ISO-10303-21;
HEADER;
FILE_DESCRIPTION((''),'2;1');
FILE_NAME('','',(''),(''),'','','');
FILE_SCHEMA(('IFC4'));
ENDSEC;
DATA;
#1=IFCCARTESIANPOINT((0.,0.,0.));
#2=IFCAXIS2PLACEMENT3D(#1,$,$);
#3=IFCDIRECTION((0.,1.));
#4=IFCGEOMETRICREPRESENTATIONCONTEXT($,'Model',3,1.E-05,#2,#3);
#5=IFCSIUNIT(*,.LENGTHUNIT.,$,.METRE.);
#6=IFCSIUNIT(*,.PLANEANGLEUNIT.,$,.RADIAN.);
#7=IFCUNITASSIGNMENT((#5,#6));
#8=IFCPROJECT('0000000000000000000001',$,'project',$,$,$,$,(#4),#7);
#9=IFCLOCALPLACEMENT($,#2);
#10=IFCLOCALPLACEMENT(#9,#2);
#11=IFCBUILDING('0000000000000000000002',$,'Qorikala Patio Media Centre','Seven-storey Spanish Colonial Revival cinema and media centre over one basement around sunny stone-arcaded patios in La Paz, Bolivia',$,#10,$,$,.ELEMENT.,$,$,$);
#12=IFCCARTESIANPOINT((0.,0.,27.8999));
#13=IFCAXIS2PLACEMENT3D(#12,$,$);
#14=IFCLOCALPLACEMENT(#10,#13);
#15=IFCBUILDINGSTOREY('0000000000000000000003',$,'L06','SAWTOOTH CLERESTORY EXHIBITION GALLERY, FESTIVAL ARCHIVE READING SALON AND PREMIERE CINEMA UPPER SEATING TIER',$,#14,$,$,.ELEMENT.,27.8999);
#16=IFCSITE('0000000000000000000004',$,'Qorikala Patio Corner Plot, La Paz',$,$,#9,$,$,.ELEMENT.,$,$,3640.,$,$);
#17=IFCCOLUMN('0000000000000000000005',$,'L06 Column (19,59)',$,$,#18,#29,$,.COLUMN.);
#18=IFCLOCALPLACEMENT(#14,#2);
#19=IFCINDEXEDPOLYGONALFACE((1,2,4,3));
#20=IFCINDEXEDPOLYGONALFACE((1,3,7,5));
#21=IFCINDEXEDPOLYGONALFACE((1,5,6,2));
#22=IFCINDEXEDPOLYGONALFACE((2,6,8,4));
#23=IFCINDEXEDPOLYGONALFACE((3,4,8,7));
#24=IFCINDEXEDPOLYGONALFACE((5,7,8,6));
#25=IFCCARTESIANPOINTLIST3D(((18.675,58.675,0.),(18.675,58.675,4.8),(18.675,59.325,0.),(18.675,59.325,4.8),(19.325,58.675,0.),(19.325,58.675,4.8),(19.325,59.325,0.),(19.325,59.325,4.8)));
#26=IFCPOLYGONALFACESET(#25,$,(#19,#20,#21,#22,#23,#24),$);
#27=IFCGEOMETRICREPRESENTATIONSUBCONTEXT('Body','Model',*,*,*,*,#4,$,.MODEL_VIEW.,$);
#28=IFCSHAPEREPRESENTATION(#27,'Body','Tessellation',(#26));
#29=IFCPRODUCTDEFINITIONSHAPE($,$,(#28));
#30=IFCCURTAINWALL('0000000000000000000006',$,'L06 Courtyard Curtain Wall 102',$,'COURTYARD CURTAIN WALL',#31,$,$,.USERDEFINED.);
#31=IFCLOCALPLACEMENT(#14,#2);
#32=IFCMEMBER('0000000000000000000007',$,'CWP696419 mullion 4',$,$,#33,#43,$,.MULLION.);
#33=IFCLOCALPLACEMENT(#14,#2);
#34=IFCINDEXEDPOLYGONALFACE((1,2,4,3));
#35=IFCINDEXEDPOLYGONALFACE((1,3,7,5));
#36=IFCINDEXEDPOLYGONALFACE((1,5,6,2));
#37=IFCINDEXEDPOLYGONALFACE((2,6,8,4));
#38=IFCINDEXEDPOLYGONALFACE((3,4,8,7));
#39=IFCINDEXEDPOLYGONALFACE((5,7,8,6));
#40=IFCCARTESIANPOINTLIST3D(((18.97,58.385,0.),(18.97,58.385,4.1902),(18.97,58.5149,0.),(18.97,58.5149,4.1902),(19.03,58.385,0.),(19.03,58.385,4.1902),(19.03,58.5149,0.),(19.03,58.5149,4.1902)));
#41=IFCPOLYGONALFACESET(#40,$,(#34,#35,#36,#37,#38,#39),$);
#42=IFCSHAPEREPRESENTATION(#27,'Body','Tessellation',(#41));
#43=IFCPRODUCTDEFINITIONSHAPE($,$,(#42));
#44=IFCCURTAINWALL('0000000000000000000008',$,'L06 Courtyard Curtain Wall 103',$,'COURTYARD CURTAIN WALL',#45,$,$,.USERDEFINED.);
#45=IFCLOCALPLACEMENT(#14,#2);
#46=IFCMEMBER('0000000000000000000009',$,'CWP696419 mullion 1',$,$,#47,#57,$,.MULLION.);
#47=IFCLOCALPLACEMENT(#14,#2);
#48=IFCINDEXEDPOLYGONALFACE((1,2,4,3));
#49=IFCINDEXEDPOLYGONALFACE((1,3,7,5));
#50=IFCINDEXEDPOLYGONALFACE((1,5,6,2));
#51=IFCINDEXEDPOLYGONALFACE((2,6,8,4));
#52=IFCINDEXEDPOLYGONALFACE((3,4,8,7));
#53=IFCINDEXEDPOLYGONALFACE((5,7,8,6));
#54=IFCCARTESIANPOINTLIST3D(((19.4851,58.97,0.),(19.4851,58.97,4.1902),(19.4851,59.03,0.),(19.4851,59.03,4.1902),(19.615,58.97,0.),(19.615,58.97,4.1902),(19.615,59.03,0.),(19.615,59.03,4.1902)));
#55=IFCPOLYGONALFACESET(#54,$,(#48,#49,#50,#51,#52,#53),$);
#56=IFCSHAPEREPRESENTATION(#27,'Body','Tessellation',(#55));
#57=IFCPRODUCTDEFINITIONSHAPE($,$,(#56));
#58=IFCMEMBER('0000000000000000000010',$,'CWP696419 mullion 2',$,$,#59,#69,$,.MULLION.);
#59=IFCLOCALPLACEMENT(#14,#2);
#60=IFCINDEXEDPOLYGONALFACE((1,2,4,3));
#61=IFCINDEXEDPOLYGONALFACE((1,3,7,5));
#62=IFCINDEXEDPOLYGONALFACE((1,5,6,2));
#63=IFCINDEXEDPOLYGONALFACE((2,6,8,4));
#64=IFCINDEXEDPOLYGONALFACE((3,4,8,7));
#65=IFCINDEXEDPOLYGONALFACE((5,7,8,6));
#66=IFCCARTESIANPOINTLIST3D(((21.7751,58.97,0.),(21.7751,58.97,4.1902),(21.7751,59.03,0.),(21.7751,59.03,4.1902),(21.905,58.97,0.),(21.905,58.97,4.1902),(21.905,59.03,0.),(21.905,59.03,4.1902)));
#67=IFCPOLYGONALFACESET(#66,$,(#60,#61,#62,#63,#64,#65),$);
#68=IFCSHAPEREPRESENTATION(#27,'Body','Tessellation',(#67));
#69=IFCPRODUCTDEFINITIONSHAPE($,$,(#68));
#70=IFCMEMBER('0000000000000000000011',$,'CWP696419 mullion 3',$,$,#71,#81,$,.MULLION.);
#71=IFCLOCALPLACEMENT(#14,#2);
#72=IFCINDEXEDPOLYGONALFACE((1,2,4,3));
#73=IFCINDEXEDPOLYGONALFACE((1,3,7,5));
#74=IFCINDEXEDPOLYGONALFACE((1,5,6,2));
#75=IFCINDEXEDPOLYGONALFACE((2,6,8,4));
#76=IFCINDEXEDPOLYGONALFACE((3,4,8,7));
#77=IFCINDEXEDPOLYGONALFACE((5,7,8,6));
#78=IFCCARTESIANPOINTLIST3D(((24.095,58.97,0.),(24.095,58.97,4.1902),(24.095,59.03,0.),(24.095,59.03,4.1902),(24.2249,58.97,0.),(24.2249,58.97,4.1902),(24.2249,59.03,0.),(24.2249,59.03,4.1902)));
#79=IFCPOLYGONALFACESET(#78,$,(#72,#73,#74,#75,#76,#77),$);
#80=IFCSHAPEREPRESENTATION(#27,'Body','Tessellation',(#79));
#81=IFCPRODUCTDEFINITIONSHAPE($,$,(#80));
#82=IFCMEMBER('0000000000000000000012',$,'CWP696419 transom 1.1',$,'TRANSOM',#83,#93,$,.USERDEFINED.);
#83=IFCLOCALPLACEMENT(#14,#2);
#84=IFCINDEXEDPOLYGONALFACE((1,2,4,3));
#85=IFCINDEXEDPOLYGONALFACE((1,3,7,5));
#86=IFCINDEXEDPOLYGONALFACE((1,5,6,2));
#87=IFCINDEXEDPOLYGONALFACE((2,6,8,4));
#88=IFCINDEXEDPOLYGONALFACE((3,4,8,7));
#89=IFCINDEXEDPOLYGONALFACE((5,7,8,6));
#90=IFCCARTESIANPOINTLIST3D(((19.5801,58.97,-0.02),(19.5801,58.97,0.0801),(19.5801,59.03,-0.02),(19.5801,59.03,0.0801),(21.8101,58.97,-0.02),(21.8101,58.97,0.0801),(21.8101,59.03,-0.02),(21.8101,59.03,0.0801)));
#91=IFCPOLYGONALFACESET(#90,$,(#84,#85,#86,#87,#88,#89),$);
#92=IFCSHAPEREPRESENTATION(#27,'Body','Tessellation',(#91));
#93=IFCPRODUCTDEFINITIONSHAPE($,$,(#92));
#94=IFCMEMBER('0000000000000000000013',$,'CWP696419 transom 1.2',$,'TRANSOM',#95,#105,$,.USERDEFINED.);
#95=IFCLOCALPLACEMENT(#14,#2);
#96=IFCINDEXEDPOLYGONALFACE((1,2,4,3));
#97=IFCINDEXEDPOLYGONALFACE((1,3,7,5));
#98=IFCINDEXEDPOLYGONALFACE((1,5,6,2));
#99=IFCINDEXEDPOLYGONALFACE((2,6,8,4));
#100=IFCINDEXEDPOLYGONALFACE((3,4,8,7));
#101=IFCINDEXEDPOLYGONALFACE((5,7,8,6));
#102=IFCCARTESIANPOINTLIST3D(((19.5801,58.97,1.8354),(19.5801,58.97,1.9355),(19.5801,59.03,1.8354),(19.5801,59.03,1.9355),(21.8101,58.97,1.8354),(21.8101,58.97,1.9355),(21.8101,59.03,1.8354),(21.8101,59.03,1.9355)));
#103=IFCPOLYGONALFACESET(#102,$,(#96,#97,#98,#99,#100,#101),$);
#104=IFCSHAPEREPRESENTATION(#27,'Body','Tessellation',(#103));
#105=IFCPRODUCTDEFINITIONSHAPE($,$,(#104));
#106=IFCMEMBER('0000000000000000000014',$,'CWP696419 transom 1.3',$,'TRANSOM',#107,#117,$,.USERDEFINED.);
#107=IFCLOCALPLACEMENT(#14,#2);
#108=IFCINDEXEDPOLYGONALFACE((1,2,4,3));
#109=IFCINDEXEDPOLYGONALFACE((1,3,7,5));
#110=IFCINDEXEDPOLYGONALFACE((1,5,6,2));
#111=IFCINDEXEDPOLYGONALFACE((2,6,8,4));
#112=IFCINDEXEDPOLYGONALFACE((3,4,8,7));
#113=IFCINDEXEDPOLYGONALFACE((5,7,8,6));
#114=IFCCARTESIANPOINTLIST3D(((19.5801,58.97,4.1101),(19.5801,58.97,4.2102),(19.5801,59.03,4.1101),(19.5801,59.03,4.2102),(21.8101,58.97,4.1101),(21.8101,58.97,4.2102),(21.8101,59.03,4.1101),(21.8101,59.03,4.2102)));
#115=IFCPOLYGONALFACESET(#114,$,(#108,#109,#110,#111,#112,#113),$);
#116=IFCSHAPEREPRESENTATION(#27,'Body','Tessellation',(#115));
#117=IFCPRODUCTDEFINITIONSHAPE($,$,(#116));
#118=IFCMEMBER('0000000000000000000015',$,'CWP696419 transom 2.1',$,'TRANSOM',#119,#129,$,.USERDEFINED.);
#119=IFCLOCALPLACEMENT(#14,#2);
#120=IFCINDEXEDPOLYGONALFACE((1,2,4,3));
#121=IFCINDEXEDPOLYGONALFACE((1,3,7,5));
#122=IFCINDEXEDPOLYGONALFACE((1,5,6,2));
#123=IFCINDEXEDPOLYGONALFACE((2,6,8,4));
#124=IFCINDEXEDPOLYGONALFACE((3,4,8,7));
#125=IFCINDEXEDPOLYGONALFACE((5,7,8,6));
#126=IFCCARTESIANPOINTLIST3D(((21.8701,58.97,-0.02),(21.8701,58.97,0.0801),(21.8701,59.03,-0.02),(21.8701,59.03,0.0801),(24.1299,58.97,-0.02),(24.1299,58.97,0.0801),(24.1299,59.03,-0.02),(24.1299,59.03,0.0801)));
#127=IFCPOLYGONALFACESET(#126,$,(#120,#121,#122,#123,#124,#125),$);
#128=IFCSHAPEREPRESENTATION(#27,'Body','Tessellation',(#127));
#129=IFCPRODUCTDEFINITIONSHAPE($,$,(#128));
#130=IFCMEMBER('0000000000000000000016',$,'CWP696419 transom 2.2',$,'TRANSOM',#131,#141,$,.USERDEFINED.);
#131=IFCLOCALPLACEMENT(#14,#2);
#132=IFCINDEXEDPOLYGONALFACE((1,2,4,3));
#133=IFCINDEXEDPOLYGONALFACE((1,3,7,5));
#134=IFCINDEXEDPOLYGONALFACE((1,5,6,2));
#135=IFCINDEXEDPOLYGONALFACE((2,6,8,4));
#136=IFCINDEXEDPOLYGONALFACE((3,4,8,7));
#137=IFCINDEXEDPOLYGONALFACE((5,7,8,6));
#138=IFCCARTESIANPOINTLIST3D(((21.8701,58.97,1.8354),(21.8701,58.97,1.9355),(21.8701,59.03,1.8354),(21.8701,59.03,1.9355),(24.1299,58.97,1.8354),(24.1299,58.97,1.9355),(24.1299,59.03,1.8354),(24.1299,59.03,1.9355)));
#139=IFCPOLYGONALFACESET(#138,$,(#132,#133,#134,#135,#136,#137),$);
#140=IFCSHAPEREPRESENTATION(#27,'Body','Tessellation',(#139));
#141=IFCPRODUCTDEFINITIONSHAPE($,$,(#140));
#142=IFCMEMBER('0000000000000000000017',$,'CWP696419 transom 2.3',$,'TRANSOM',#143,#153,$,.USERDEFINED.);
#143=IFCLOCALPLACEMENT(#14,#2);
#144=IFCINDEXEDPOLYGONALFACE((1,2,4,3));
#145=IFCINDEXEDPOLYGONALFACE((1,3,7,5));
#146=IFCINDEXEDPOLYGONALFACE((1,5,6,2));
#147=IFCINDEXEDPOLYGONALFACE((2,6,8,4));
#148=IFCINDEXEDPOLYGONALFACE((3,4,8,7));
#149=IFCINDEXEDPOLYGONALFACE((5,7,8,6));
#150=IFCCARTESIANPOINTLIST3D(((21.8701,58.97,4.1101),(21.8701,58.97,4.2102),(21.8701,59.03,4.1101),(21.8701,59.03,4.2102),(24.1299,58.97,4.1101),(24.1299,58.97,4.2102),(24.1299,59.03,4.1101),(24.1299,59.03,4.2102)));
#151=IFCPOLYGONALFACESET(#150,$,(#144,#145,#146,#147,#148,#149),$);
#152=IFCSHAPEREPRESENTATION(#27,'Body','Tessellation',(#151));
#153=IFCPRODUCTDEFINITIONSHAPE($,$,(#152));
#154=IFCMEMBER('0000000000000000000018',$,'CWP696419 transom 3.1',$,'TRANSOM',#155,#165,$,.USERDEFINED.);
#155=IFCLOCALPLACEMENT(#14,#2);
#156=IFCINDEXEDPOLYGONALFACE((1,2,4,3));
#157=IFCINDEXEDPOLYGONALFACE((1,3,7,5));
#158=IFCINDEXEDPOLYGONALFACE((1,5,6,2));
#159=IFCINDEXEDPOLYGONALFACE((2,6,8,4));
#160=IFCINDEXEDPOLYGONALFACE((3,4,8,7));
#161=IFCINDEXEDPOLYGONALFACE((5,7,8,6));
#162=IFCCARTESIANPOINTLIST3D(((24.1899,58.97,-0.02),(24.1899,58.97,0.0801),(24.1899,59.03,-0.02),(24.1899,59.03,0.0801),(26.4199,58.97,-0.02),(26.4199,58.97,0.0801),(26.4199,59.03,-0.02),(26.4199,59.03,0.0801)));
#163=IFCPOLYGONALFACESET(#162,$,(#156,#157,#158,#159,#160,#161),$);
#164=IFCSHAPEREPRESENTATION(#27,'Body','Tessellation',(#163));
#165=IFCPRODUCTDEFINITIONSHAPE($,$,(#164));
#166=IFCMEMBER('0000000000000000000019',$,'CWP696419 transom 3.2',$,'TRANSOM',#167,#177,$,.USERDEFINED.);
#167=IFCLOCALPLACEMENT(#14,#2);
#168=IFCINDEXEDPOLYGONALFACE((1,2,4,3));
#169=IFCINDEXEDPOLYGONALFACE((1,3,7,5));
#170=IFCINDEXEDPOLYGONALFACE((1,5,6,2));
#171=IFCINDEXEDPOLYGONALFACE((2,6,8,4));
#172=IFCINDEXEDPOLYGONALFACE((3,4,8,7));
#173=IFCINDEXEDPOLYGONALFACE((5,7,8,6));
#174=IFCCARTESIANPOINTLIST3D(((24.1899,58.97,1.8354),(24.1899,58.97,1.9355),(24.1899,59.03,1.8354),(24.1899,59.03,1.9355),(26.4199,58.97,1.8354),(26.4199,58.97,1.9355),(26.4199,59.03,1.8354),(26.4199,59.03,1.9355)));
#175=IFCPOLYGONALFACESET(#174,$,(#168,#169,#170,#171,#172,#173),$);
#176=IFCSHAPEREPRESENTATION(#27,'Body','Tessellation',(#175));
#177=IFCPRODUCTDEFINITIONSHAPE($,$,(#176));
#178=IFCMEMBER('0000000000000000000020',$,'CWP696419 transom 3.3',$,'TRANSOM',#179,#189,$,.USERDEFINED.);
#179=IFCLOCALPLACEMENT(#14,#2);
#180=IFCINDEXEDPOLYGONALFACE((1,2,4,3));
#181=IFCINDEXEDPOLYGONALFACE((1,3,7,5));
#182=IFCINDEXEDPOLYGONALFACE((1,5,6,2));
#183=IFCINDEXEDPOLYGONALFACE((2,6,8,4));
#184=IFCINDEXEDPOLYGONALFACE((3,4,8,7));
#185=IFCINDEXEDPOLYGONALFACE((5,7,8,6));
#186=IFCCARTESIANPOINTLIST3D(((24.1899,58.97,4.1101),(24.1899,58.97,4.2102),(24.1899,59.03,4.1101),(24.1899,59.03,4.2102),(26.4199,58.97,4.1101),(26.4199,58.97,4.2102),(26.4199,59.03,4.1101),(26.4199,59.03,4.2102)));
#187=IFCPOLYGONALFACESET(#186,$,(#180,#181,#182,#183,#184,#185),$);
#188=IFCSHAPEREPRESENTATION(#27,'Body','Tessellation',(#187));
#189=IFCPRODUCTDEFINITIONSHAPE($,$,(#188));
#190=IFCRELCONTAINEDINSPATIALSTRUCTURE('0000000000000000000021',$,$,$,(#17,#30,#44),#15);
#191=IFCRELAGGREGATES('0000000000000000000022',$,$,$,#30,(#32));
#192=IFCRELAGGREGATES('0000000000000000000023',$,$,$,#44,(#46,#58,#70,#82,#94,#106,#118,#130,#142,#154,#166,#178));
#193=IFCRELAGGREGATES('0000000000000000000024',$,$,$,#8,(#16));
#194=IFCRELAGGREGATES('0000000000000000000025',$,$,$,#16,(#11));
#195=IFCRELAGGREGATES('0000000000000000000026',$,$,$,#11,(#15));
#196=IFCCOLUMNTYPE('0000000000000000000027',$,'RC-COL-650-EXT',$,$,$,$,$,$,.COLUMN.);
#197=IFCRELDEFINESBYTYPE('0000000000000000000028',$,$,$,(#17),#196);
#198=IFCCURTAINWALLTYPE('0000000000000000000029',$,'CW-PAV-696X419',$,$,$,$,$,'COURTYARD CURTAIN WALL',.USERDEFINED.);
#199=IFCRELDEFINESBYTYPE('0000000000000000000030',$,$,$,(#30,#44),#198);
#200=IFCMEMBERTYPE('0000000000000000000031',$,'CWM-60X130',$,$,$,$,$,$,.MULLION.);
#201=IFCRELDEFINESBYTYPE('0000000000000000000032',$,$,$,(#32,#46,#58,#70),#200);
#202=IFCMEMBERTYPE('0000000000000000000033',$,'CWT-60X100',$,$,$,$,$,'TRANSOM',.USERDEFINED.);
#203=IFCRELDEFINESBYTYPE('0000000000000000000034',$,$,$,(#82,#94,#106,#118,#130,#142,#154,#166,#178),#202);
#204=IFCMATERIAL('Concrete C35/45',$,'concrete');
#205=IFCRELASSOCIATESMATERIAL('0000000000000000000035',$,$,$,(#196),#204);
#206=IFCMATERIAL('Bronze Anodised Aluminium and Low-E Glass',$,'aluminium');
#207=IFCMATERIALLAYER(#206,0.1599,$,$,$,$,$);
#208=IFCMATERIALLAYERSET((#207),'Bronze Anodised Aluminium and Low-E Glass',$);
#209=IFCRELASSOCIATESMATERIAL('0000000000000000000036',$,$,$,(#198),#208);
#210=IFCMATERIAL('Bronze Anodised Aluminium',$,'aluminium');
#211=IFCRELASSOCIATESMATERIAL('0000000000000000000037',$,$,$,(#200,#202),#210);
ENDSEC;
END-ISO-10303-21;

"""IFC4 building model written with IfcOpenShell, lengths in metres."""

from ifc_helpers import new_model, si_unit, direction, frame, origin, origin_2d, place, context, subcontext, project, spatial, rectangle, extrude, material, layer, layer_set, material_profile, profile_set, type_object, element, aggregate, save


model = new_model("IFC4")

# Units and contexts
model_context = context("Model", 3, precision=1e-05, world=origin(), true_north=direction((0.0, 1.0)))
body_context = subcontext(model_context, "Body", "Model", "MODEL_VIEW")
ifc_project = project(units=[si_unit("LENGTHUNIT", "METRE"), si_unit("PLANEANGLEUNIT", "RADIAN")], contexts=[model_context])

# Site, building, storey
site_placement = place(None, origin())
site = spatial("IfcSite", under=ifc_project, at=site_placement, Name="Qorikala Patio Corner Plot, La Paz", CompositionType="ELEMENT", RefElevation=3640.0)
building_placement = place(site_placement, origin())
building = spatial("IfcBuilding", under=site, at=building_placement, Name="Qorikala Patio Media Centre", Description="Seven-storey Spanish Colonial Revival cinema and media centre over one basement around sunny stone-arcaded patios in La Paz, Bolivia", CompositionType="ELEMENT")
storey_placement = place(building_placement, frame((0.0, 0.0, 27.8999)))
storey = spatial("IfcBuildingStorey", under=building, at=storey_placement, Name="L06", Description="SAWTOOTH CLERESTORY EXHIBITION GALLERY, FESTIVAL ARCHIVE READING SALON AND PREMIERE CINEMA UPPER SEATING TIER", CompositionType="ELEMENT", Elevation=27.8999)

# Column
ifc_material_1 = material(Name="Concrete C35/45", Category="concrete")
ifc_material_profile_1 = material_profile(ifc_material_1, rectangle(XDim=0.6499, YDim=0.6499, at=origin_2d()), Name="RC 650x650")
ifc_profile_set_1 = profile_set([ifc_material_profile_1], Name="Concrete C35/45")
column_type = type_object("IfcColumnType", Name="RC-COL-650-EXT", PredefinedType="COLUMN", material=ifc_profile_set_1)
column_placement = place(storey_placement, frame((19.0, 59.0, 0.0), z_axis=(0.0, 0.0, 1.0), x_axis=(1.0, 0.0, 0.0)))
element("IfcColumn", 1, at=column_placement, inside=storey, type_object=column_type, Name="L06 Column (19,59)", PredefinedType="COLUMN", context=body_context, shape_type="SweptSolid", body=[
    extrude(rectangle(XDim=0.6499, YDim=0.6499, at=origin_2d()), origin(), (0.0, 0.0, 1.0), 4.8),
])

# Curtain wall, member
ifc_material_2 = material(Name="Bronze Anodised Aluminium and Low-E Glass", Category="aluminium")
ifc_layer_1 = layer(ifc_material_2, 0.1599)
ifc_layer_set_1 = layer_set([ifc_layer_1], Name="Bronze Anodised Aluminium and Low-E Glass")
curtain_wall_type = type_object("IfcCurtainWallType", Name="CW-PAV-696X419", ElementType="COURTYARD CURTAIN WALL", PredefinedType="USERDEFINED", material=ifc_layer_set_1)
curtain_wall_1_placement = place(storey_placement, origin())
curtain_wall_1 = element("IfcCurtainWall", 2, at=curtain_wall_1_placement, inside=storey, type_object=curtain_wall_type, Name="L06 Courtyard Curtain Wall 102", ObjectType="COURTYARD CURTAIN WALL", PredefinedType="USERDEFINED")
ifc_material_3 = material(Name="Bronze Anodised Aluminium", Category="aluminium")
ifc_material_profile_2 = material_profile(ifc_material_3, rectangle(XDim=0.0601, YDim=0.1299, at=origin_2d()), Name="ALU MULLION 60x130")
ifc_profile_set_2 = profile_set([ifc_material_profile_2], Name="Bronze Anodised Aluminium")
member_type_1 = type_object("IfcMemberType", Name="CWM-60X130", PredefinedType="MULLION", material=ifc_profile_set_2)
member_1_placement = place(storey_placement, frame((19.0, 58.45, 0.0), z_axis=(0.0, 0.0, 1.0), x_axis=(-1.0, 0.0, 0.0)))
member_1 = element("IfcMember", 3, at=member_1_placement, type_object=member_type_1, Name="CWP696419 mullion 4", PredefinedType="MULLION", context=body_context, shape_type="SweptSolid", body=[
    extrude(rectangle(XDim=0.0601, YDim=0.1299, at=origin_2d()), origin(), (0.0, 0.0, 1.0), 4.1902),
])

# Curtain wall, members
curtain_wall_2_placement = place(storey_placement, origin())
curtain_wall_2 = element("IfcCurtainWall", 4, at=curtain_wall_2_placement, inside=storey, type_object=curtain_wall_type, Name="L06 Courtyard Curtain Wall 103", ObjectType="COURTYARD CURTAIN WALL", PredefinedType="USERDEFINED")
member_2_placement = place(storey_placement, frame((19.55, 59.0, 0.0), z_axis=(0.0, 0.0, 1.0), x_axis=(0.0, 1.0, 0.0)))
member_2 = element("IfcMember", 5, at=member_2_placement, type_object=member_type_1, Name="CWP696419 mullion 1", PredefinedType="MULLION", context=body_context, shape_type="SweptSolid", body=[
    extrude(rectangle(XDim=0.0601, YDim=0.1299, at=origin_2d()), origin(), (0.0, 0.0, 1.0), 4.1902),
])
member_3_placement = place(storey_placement, frame((21.8401, 59.0, 0.0), z_axis=(0.0, 0.0, 1.0), x_axis=(0.0, 1.0, 0.0)))
member_3 = element("IfcMember", 6, at=member_3_placement, type_object=member_type_1, Name="CWP696419 mullion 2", PredefinedType="MULLION", context=body_context, shape_type="SweptSolid", body=[
    extrude(rectangle(XDim=0.0601, YDim=0.1299, at=origin_2d()), origin(), (0.0, 0.0, 1.0), 4.1902),
])
member_4_placement = place(storey_placement, frame((24.1599, 59.0, 0.0), z_axis=(0.0, 0.0, 1.0), x_axis=(0.0, 1.0, 0.0)))
member_4 = element("IfcMember", 7, at=member_4_placement, type_object=member_type_1, Name="CWP696419 mullion 3", PredefinedType="MULLION", context=body_context, shape_type="SweptSolid", body=[
    extrude(rectangle(XDim=0.0601, YDim=0.1299, at=origin_2d()), origin(), (0.0, 0.0, 1.0), 4.1902),
])
ifc_material_profile_3 = material_profile(ifc_material_3, rectangle(XDim=0.0601, YDim=0.1001, at=origin_2d()), Name="ALU TRANSOM 60x100")
ifc_profile_set_3 = profile_set([ifc_material_profile_3], Name="Bronze Anodised Aluminium")
member_type_2 = type_object("IfcMemberType", Name="CWT-60X100", ElementType="TRANSOM", PredefinedType="USERDEFINED", material=ifc_profile_set_3)
member_5_placement = place(storey_placement, frame((19.5801, 59.0, 0.03), z_axis=(1.0, 0.0, 0.0), x_axis=(0.0, 1.0, 0.0)))
member_5 = element("IfcMember", 8, at=member_5_placement, type_object=member_type_2, Name="CWP696419 transom 1.1", ObjectType="TRANSOM", PredefinedType="USERDEFINED", context=body_context, shape_type="SweptSolid", body=[
    extrude(rectangle(XDim=0.0601, YDim=0.1001, at=origin_2d()), origin(), (0.0, 0.0, 1.0), 2.23),
])
member_6_placement = place(storey_placement, frame((19.5801, 59.0, 1.8855), z_axis=(1.0, 0.0, 0.0), x_axis=(0.0, 1.0, 0.0)))
member_6 = element("IfcMember", 9, at=member_6_placement, type_object=member_type_2, Name="CWP696419 transom 1.2", ObjectType="TRANSOM", PredefinedType="USERDEFINED", context=body_context, shape_type="SweptSolid", body=[
    extrude(rectangle(XDim=0.0601, YDim=0.1001, at=origin_2d()), origin(), (0.0, 0.0, 1.0), 2.23),
])
member_7_placement = place(storey_placement, frame((19.5801, 59.0, 4.1602), z_axis=(1.0, 0.0, 0.0), x_axis=(0.0, 1.0, 0.0)))
member_7 = element("IfcMember", 10, at=member_7_placement, type_object=member_type_2, Name="CWP696419 transom 1.3", ObjectType="TRANSOM", PredefinedType="USERDEFINED", context=body_context, shape_type="SweptSolid", body=[
    extrude(rectangle(XDim=0.0601, YDim=0.1001, at=origin_2d()), origin(), (0.0, 0.0, 1.0), 2.23),
])
member_8_placement = place(storey_placement, frame((21.8701, 59.0, 0.03), z_axis=(1.0, 0.0, 0.0), x_axis=(0.0, 1.0, 0.0)))
member_8 = element("IfcMember", 11, at=member_8_placement, type_object=member_type_2, Name="CWP696419 transom 2.1", ObjectType="TRANSOM", PredefinedType="USERDEFINED", context=body_context, shape_type="SweptSolid", body=[
    extrude(rectangle(XDim=0.0601, YDim=0.1001, at=origin_2d()), origin(), (0.0, 0.0, 1.0), 2.2598),
])
member_9_placement = place(storey_placement, frame((21.8701, 59.0, 1.8855), z_axis=(1.0, 0.0, 0.0), x_axis=(0.0, 1.0, 0.0)))
member_9 = element("IfcMember", 12, at=member_9_placement, type_object=member_type_2, Name="CWP696419 transom 2.2", ObjectType="TRANSOM", PredefinedType="USERDEFINED", context=body_context, shape_type="SweptSolid", body=[
    extrude(rectangle(XDim=0.0601, YDim=0.1001, at=origin_2d()), origin(), (0.0, 0.0, 1.0), 2.2598),
])
member_10_placement = place(storey_placement, frame((21.8701, 59.0, 4.1602), z_axis=(1.0, 0.0, 0.0), x_axis=(0.0, 1.0, 0.0)))
member_10 = element("IfcMember", 13, at=member_10_placement, type_object=member_type_2, Name="CWP696419 transom 2.3", ObjectType="TRANSOM", PredefinedType="USERDEFINED", context=body_context, shape_type="SweptSolid", body=[
    extrude(rectangle(XDim=0.0601, YDim=0.1001, at=origin_2d()), origin(), (0.0, 0.0, 1.0), 2.2598),
])
member_11_placement = place(storey_placement, frame((24.1899, 59.0, 0.03), z_axis=(1.0, 0.0, 0.0), x_axis=(0.0, 1.0, 0.0)))
member_11 = element("IfcMember", 14, at=member_11_placement, type_object=member_type_2, Name="CWP696419 transom 3.1", ObjectType="TRANSOM", PredefinedType="USERDEFINED", context=body_context, shape_type="SweptSolid", body=[
    extrude(rectangle(XDim=0.0601, YDim=0.1001, at=origin_2d()), origin(), (0.0, 0.0, 1.0), 2.23),
])
member_12_placement = place(storey_placement, frame((24.1899, 59.0, 1.8855), z_axis=(1.0, 0.0, 0.0), x_axis=(0.0, 1.0, 0.0)))
member_12 = element("IfcMember", 15, at=member_12_placement, type_object=member_type_2, Name="CWP696419 transom 3.2", ObjectType="TRANSOM", PredefinedType="USERDEFINED", context=body_context, shape_type="SweptSolid", body=[
    extrude(rectangle(XDim=0.0601, YDim=0.1001, at=origin_2d()), origin(), (0.0, 0.0, 1.0), 2.23),
])
member_13_placement = place(storey_placement, frame((24.1899, 59.0, 4.1602), z_axis=(1.0, 0.0, 0.0), x_axis=(0.0, 1.0, 0.0)))
member_13 = element("IfcMember", 16, at=member_13_placement, type_object=member_type_2, Name="CWP696419 transom 3.3", ObjectType="TRANSOM", PredefinedType="USERDEFINED", context=body_context, shape_type="SweptSolid", body=[
    extrude(rectangle(XDim=0.0601, YDim=0.1001, at=origin_2d()), origin(), (0.0, 0.0, 1.0), 2.23),
])

aggregate(curtain_wall_1, [member_1])
aggregate(curtain_wall_2, [member_2, member_3, member_4, member_5, member_6, member_7, member_8, member_9, member_10, member_11, member_12, member_13])

save(model, "model.ifc")
